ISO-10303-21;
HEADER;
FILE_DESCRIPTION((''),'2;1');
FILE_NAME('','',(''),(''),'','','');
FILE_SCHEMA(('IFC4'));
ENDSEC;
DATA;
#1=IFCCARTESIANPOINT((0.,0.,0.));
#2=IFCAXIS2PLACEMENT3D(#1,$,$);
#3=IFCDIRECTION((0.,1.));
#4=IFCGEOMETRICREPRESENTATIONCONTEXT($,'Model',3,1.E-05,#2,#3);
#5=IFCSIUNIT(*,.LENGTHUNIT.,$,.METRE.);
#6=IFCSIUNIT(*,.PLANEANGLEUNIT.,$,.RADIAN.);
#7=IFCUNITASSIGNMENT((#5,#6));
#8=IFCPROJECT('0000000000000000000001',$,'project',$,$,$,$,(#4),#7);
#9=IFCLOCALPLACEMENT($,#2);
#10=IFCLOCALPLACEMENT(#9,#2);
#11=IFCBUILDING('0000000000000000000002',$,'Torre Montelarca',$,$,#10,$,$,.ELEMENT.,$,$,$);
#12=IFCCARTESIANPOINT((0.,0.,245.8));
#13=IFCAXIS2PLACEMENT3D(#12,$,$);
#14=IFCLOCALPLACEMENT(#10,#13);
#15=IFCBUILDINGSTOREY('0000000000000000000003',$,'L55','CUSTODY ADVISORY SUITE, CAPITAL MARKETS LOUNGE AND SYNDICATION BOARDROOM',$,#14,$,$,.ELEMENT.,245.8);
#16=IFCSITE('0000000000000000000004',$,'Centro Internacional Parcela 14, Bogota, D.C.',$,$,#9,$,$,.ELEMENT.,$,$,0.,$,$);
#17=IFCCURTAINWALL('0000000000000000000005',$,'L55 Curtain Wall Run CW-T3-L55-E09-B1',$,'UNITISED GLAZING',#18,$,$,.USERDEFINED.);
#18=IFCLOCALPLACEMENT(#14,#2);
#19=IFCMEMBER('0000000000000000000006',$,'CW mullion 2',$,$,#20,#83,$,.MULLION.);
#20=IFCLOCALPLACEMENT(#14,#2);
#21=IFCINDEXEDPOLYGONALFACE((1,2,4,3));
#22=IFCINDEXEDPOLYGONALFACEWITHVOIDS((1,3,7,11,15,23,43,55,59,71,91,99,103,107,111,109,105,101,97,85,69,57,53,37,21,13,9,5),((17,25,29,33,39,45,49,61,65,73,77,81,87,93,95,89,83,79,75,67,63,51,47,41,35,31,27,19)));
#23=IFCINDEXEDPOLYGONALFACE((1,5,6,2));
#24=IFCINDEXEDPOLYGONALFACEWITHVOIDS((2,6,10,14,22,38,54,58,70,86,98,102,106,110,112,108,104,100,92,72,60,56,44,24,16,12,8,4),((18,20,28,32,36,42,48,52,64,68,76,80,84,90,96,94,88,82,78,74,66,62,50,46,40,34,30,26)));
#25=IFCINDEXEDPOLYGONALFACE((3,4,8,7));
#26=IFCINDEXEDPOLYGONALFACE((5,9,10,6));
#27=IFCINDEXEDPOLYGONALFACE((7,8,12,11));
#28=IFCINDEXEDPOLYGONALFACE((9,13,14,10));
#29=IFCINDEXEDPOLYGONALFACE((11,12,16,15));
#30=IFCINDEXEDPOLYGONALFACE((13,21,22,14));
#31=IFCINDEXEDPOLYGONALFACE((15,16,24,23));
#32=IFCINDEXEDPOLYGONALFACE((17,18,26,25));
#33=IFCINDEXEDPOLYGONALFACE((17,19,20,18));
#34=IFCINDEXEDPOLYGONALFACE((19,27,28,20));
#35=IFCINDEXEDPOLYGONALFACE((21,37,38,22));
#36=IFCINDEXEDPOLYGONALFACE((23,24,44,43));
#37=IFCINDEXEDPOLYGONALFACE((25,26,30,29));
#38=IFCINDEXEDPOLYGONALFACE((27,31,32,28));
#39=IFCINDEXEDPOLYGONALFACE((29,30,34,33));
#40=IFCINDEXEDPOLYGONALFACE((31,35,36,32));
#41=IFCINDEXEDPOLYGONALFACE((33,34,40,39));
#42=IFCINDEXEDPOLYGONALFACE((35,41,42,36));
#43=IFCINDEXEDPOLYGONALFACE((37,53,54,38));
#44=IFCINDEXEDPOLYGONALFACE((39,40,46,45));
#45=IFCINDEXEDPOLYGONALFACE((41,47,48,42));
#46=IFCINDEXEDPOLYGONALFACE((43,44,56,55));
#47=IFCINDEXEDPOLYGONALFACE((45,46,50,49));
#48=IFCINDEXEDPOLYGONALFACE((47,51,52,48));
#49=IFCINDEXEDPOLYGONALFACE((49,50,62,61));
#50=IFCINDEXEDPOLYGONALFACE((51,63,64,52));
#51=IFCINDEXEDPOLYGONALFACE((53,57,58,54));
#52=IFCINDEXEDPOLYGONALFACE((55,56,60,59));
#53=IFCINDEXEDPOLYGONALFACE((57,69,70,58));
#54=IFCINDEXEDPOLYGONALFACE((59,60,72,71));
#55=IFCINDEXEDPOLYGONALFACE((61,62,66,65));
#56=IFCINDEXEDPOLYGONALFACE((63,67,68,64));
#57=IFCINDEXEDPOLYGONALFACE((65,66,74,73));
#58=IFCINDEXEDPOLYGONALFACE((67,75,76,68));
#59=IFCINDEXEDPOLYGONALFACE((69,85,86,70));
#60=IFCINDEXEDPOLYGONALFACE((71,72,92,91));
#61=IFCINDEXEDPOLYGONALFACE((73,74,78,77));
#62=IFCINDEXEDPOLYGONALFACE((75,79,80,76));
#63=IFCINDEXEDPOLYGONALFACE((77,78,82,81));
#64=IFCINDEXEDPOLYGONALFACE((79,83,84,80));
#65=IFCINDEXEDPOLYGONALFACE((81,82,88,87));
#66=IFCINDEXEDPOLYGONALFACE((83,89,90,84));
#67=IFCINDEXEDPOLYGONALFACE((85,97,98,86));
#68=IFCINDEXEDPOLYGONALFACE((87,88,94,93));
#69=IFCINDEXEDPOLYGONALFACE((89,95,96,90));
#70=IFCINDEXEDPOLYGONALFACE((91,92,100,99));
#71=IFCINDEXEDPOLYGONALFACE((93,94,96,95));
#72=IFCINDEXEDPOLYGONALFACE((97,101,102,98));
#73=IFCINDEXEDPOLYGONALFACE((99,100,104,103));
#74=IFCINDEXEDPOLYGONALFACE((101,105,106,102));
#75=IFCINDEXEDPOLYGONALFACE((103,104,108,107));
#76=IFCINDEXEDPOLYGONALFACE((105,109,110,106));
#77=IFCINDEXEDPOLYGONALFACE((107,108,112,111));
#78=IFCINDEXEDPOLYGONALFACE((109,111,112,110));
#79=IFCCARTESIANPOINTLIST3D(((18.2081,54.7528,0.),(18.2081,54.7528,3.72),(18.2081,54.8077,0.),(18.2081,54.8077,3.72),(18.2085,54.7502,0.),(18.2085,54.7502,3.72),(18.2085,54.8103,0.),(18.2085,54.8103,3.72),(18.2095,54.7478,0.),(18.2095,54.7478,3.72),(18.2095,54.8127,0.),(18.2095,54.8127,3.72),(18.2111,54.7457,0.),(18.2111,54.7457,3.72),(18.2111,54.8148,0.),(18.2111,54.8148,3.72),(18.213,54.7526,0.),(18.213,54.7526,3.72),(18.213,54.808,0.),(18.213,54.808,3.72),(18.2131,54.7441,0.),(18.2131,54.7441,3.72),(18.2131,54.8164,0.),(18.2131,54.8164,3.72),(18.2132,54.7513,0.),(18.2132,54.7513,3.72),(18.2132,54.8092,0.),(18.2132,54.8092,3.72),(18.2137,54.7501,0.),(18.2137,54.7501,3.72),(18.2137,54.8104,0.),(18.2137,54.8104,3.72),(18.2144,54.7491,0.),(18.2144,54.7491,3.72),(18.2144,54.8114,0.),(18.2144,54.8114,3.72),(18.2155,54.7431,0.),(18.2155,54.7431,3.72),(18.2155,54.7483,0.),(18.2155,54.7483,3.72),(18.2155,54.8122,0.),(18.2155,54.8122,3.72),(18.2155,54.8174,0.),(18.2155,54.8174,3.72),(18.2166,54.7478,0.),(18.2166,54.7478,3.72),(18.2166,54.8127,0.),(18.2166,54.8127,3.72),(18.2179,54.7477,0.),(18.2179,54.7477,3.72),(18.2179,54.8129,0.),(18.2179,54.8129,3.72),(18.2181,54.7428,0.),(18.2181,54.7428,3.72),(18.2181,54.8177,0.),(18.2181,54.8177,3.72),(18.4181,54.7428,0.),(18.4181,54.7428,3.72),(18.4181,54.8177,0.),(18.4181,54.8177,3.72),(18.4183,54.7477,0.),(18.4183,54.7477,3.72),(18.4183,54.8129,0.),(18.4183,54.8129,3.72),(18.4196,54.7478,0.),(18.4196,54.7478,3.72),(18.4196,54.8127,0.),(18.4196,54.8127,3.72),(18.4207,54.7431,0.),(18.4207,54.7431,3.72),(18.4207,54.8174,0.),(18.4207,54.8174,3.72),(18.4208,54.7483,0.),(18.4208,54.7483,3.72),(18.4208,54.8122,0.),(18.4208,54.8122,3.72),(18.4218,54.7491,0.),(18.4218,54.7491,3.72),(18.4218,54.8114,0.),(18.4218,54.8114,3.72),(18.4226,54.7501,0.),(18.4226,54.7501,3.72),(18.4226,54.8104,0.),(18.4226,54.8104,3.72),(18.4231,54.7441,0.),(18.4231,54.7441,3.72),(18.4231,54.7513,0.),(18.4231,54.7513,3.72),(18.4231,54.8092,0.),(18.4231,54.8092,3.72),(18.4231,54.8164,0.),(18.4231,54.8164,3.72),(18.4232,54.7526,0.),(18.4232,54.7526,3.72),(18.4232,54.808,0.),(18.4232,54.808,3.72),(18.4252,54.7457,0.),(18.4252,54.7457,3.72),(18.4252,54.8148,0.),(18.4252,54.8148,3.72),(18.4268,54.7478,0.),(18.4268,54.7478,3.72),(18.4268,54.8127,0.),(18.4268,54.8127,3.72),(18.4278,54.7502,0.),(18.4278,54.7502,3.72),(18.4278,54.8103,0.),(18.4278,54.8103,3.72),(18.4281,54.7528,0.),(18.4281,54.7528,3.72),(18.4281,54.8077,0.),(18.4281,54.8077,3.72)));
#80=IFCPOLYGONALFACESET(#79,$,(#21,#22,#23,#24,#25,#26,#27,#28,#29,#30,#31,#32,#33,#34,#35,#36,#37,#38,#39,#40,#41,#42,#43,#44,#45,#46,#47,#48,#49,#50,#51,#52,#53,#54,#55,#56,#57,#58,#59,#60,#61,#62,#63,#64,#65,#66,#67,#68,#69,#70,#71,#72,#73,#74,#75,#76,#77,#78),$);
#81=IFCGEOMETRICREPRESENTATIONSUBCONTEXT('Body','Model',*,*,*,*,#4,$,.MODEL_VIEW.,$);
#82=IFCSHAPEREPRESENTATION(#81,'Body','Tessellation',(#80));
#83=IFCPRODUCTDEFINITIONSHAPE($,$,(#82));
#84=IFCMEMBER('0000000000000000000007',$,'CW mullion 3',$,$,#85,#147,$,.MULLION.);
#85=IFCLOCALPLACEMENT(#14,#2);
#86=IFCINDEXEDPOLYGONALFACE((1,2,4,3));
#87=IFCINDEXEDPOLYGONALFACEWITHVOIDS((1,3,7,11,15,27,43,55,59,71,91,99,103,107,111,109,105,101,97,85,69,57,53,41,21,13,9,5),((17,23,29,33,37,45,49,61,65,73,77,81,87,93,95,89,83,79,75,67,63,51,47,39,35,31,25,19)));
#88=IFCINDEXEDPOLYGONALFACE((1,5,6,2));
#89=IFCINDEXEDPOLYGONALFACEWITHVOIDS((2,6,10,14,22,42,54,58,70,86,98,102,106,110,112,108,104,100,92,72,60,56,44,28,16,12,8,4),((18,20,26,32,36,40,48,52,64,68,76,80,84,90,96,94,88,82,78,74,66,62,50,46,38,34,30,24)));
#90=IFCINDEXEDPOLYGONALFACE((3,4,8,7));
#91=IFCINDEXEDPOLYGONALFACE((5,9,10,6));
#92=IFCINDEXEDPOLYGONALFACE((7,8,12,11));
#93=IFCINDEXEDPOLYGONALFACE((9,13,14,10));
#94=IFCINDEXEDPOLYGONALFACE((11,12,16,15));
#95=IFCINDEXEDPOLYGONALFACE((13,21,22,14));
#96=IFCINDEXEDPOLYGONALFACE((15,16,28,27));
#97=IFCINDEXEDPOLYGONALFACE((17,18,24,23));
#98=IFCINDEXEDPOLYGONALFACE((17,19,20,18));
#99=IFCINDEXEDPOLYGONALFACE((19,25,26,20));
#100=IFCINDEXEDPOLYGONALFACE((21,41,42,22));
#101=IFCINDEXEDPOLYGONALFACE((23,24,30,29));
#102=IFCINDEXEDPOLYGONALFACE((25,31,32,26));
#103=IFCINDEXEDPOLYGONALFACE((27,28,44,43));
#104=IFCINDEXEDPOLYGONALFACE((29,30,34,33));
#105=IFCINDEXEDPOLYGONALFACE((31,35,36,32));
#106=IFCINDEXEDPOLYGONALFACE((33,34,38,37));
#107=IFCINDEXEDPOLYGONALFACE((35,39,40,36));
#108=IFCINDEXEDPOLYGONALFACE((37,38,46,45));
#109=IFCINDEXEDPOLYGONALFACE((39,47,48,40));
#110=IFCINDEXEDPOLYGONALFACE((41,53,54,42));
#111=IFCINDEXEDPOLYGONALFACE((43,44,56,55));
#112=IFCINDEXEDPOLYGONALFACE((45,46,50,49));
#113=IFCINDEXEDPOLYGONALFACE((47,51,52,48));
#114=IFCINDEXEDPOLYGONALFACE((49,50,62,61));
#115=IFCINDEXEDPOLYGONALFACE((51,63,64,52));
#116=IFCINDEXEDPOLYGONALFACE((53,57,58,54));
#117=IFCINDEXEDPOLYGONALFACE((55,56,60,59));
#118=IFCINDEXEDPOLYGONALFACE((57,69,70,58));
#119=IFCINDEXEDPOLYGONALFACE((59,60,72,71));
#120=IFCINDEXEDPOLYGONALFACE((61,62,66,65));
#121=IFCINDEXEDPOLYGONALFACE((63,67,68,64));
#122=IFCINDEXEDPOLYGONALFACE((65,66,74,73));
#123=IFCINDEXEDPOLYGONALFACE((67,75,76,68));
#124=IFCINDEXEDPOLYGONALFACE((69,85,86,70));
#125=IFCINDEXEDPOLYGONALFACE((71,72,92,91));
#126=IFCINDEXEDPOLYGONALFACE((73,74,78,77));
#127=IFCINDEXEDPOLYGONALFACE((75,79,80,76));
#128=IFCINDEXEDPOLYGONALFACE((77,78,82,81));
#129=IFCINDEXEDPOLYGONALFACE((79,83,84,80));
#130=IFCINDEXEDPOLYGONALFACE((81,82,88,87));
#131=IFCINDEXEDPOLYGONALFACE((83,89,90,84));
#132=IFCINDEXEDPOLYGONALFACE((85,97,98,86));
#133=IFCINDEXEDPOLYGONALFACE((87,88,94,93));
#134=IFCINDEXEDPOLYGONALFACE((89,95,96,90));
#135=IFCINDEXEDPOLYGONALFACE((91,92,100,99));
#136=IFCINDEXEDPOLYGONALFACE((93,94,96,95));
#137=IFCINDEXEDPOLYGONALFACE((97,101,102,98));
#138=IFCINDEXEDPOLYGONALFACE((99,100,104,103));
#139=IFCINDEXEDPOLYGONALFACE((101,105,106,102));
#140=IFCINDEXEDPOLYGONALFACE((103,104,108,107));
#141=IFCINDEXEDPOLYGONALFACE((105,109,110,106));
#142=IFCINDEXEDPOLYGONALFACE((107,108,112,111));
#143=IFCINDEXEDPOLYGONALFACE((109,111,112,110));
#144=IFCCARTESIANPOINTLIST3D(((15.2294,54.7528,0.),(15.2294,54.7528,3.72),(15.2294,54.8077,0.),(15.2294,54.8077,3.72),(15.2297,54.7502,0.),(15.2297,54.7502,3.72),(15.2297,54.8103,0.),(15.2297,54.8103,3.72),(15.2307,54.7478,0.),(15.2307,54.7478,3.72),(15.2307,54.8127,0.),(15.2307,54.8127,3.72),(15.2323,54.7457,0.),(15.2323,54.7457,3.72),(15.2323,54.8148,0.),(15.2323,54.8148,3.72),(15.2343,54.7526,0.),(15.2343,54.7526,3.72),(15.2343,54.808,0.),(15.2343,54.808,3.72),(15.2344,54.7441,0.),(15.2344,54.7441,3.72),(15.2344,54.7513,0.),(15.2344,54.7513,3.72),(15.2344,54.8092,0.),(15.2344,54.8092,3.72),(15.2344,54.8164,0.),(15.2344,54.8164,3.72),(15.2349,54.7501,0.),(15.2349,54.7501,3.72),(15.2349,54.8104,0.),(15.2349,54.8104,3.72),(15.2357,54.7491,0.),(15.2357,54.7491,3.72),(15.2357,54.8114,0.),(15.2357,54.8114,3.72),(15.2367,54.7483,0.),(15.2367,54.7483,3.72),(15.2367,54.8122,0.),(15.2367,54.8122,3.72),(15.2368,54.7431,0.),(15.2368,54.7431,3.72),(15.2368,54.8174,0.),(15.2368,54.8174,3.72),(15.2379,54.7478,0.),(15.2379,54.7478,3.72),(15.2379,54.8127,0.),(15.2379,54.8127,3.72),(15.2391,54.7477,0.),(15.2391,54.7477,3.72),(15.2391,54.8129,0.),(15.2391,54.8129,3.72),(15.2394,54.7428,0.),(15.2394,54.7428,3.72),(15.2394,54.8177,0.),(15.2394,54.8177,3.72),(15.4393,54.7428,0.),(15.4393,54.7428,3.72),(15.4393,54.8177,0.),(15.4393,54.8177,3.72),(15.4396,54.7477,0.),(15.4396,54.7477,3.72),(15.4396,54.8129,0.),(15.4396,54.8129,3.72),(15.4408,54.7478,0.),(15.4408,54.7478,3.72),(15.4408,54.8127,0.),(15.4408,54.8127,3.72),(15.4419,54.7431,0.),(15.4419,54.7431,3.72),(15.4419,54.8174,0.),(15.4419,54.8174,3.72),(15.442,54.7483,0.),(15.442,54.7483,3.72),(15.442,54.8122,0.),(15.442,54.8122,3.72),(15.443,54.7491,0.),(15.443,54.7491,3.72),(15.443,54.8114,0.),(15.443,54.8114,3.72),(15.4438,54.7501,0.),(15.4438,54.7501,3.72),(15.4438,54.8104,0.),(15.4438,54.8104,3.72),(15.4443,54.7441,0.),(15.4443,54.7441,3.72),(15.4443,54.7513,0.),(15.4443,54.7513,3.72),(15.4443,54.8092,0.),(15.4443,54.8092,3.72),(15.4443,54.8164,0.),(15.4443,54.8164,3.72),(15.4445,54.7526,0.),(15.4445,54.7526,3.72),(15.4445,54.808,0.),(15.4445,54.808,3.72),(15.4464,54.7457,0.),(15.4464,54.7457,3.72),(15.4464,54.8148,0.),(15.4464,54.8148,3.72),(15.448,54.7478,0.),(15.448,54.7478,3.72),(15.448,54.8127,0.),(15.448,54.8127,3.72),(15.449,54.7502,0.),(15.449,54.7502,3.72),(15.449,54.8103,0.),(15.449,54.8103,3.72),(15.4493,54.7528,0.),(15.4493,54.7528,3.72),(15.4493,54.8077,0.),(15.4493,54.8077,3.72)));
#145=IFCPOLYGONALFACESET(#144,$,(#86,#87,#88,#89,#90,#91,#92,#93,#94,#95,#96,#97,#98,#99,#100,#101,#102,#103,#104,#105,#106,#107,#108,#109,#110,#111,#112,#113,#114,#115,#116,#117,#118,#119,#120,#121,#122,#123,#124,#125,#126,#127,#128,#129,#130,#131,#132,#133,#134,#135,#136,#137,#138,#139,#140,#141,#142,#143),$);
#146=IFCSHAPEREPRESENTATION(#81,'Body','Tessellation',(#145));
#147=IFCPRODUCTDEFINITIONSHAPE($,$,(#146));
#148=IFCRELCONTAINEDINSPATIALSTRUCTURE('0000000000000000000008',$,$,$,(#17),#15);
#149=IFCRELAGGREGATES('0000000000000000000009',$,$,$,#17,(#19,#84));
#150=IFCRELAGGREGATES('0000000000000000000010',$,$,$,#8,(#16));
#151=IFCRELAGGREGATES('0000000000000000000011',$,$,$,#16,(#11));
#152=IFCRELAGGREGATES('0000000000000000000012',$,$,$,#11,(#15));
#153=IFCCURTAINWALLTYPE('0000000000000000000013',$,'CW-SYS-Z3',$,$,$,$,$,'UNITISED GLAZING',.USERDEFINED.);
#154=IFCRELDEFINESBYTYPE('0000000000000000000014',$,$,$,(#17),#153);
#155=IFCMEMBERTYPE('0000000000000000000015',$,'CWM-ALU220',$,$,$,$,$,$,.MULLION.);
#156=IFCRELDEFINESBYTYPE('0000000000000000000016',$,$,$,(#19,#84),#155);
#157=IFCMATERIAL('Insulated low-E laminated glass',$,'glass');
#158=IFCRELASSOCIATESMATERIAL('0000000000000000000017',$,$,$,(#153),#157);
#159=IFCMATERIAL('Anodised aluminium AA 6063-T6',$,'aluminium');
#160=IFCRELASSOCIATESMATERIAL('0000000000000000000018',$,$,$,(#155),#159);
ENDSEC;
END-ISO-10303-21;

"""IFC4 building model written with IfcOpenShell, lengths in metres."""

from ifc_helpers import new_model, si_unit, direction, frame, origin, origin_2d, place, context, subcontext, project, spatial, hollow_rectangle, extrude, source, transform, mapped, material, material_profile, profile_set, type_object, element, aggregate, save


model = new_model("IFC4")

# Units and contexts
model_context = context("Model", 3, precision=1e-05, world=origin(), true_north=direction((0.0, 1.0)))
body_context = subcontext(model_context, "Body", "Model", "MODEL_VIEW")
ifc_project = project(units=[si_unit("LENGTHUNIT", "METRE"), si_unit("PLANEANGLEUNIT", "RADIAN")], contexts=[model_context])

# Site, building, storey
site_placement = place(None, origin())
site = spatial("IfcSite", under=ifc_project, at=site_placement, Name="Centro Internacional Parcela 14, Bogota, D.C.", CompositionType="ELEMENT", RefElevation=0.0)
building_placement = place(site_placement, origin())
building = spatial("IfcBuilding", under=site, at=building_placement, Name="Torre Montelarca", CompositionType="ELEMENT")
storey_placement = place(building_placement, frame((0.0, 0.0, 245.8)))
storey = spatial("IfcBuildingStorey", under=building, at=storey_placement, Name="L55", Description="CUSTODY ADVISORY SUITE, CAPITAL MARKETS LOUNGE AND SYNDICATION BOARDROOM", CompositionType="ELEMENT", Elevation=245.8)

# Shared definitions
ifc_material_1 = material(Name="Insulated low-E laminated glass", Category="glass")
curtain_wall_type = type_object("IfcCurtainWallType", Name="CW-SYS-Z3", ElementType="UNITISED GLAZING", PredefinedType="USERDEFINED", material=ifc_material_1)
ifc_material_2 = material(Name="Anodised aluminium AA 6063-T6", Category="aluminium")
ifc_material_profile_1 = material_profile(ifc_material_2, hollow_rectangle(XDim=0.075, YDim=0.22, WallThickness=0.0049, InnerFilletRadius=0.0049, OuterFilletRadius=0.01, at=origin_2d()), Name="ALU75X220X5", Category="aluminium")
ifc_profile_set_1 = profile_set([ifc_material_profile_1], Name="Anodised aluminium AA 6063-T6")
member_type_1 = type_object("IfcMemberType", Name="CWM-ALU220", PredefinedType="MULLION", material=ifc_profile_set_1)
shared_shape_1 = source(origin(), body_context, "Body", "SweptSolid", [
    extrude(hollow_rectangle(XDim=0.075, YDim=0.22, WallThickness=0.0049, InnerFilletRadius=0.0049, OuterFilletRadius=0.01, at=origin_2d()), origin(), (0.0, 0.0, 1.0), 3.72),
])

# Curtain wall, members
curtain_wall_1_placement = place(storey_placement, origin())
curtain_wall_1 = element("IfcCurtainWall", 1, at=curtain_wall_1_placement, inside=storey, type_object=curtain_wall_type, Name="L55 Curtain Wall Run CW-T3-L55-E09-B1", ObjectType="UNITISED GLAZING", PredefinedType="USERDEFINED")
member_1_placement = place(storey_placement, frame((18.3181, 54.7803, 0.0), z_axis=(0.0, 0.0, 1.0), x_axis=(0.0, -1.0, 0.0)))
member_1 = element("IfcMember", 2, at=member_1_placement, type_object=member_type_1, Name="CW mullion 2", PredefinedType="MULLION", context=body_context, shape_type="MappedRepresentation", body=[
    mapped(shared_shape_1, transform((0.0, 0.0, 0.0), scale=1.0)),
])
member_2_placement = place(storey_placement, frame((15.3394, 54.7803, 0.0), z_axis=(0.0, 0.0, 1.0), x_axis=(0.0, -1.0, 0.0)))
member_2 = element("IfcMember", 3, at=member_2_placement, type_object=member_type_1, Name="CW mullion 3", PredefinedType="MULLION", context=body_context, shape_type="MappedRepresentation", body=[
    mapped(shared_shape_1, transform((0.0, 0.0, 0.0), scale=1.0)),
])
aggregate(curtain_wall_1, [member_1, member_2])

save(model, "model.ifc")
